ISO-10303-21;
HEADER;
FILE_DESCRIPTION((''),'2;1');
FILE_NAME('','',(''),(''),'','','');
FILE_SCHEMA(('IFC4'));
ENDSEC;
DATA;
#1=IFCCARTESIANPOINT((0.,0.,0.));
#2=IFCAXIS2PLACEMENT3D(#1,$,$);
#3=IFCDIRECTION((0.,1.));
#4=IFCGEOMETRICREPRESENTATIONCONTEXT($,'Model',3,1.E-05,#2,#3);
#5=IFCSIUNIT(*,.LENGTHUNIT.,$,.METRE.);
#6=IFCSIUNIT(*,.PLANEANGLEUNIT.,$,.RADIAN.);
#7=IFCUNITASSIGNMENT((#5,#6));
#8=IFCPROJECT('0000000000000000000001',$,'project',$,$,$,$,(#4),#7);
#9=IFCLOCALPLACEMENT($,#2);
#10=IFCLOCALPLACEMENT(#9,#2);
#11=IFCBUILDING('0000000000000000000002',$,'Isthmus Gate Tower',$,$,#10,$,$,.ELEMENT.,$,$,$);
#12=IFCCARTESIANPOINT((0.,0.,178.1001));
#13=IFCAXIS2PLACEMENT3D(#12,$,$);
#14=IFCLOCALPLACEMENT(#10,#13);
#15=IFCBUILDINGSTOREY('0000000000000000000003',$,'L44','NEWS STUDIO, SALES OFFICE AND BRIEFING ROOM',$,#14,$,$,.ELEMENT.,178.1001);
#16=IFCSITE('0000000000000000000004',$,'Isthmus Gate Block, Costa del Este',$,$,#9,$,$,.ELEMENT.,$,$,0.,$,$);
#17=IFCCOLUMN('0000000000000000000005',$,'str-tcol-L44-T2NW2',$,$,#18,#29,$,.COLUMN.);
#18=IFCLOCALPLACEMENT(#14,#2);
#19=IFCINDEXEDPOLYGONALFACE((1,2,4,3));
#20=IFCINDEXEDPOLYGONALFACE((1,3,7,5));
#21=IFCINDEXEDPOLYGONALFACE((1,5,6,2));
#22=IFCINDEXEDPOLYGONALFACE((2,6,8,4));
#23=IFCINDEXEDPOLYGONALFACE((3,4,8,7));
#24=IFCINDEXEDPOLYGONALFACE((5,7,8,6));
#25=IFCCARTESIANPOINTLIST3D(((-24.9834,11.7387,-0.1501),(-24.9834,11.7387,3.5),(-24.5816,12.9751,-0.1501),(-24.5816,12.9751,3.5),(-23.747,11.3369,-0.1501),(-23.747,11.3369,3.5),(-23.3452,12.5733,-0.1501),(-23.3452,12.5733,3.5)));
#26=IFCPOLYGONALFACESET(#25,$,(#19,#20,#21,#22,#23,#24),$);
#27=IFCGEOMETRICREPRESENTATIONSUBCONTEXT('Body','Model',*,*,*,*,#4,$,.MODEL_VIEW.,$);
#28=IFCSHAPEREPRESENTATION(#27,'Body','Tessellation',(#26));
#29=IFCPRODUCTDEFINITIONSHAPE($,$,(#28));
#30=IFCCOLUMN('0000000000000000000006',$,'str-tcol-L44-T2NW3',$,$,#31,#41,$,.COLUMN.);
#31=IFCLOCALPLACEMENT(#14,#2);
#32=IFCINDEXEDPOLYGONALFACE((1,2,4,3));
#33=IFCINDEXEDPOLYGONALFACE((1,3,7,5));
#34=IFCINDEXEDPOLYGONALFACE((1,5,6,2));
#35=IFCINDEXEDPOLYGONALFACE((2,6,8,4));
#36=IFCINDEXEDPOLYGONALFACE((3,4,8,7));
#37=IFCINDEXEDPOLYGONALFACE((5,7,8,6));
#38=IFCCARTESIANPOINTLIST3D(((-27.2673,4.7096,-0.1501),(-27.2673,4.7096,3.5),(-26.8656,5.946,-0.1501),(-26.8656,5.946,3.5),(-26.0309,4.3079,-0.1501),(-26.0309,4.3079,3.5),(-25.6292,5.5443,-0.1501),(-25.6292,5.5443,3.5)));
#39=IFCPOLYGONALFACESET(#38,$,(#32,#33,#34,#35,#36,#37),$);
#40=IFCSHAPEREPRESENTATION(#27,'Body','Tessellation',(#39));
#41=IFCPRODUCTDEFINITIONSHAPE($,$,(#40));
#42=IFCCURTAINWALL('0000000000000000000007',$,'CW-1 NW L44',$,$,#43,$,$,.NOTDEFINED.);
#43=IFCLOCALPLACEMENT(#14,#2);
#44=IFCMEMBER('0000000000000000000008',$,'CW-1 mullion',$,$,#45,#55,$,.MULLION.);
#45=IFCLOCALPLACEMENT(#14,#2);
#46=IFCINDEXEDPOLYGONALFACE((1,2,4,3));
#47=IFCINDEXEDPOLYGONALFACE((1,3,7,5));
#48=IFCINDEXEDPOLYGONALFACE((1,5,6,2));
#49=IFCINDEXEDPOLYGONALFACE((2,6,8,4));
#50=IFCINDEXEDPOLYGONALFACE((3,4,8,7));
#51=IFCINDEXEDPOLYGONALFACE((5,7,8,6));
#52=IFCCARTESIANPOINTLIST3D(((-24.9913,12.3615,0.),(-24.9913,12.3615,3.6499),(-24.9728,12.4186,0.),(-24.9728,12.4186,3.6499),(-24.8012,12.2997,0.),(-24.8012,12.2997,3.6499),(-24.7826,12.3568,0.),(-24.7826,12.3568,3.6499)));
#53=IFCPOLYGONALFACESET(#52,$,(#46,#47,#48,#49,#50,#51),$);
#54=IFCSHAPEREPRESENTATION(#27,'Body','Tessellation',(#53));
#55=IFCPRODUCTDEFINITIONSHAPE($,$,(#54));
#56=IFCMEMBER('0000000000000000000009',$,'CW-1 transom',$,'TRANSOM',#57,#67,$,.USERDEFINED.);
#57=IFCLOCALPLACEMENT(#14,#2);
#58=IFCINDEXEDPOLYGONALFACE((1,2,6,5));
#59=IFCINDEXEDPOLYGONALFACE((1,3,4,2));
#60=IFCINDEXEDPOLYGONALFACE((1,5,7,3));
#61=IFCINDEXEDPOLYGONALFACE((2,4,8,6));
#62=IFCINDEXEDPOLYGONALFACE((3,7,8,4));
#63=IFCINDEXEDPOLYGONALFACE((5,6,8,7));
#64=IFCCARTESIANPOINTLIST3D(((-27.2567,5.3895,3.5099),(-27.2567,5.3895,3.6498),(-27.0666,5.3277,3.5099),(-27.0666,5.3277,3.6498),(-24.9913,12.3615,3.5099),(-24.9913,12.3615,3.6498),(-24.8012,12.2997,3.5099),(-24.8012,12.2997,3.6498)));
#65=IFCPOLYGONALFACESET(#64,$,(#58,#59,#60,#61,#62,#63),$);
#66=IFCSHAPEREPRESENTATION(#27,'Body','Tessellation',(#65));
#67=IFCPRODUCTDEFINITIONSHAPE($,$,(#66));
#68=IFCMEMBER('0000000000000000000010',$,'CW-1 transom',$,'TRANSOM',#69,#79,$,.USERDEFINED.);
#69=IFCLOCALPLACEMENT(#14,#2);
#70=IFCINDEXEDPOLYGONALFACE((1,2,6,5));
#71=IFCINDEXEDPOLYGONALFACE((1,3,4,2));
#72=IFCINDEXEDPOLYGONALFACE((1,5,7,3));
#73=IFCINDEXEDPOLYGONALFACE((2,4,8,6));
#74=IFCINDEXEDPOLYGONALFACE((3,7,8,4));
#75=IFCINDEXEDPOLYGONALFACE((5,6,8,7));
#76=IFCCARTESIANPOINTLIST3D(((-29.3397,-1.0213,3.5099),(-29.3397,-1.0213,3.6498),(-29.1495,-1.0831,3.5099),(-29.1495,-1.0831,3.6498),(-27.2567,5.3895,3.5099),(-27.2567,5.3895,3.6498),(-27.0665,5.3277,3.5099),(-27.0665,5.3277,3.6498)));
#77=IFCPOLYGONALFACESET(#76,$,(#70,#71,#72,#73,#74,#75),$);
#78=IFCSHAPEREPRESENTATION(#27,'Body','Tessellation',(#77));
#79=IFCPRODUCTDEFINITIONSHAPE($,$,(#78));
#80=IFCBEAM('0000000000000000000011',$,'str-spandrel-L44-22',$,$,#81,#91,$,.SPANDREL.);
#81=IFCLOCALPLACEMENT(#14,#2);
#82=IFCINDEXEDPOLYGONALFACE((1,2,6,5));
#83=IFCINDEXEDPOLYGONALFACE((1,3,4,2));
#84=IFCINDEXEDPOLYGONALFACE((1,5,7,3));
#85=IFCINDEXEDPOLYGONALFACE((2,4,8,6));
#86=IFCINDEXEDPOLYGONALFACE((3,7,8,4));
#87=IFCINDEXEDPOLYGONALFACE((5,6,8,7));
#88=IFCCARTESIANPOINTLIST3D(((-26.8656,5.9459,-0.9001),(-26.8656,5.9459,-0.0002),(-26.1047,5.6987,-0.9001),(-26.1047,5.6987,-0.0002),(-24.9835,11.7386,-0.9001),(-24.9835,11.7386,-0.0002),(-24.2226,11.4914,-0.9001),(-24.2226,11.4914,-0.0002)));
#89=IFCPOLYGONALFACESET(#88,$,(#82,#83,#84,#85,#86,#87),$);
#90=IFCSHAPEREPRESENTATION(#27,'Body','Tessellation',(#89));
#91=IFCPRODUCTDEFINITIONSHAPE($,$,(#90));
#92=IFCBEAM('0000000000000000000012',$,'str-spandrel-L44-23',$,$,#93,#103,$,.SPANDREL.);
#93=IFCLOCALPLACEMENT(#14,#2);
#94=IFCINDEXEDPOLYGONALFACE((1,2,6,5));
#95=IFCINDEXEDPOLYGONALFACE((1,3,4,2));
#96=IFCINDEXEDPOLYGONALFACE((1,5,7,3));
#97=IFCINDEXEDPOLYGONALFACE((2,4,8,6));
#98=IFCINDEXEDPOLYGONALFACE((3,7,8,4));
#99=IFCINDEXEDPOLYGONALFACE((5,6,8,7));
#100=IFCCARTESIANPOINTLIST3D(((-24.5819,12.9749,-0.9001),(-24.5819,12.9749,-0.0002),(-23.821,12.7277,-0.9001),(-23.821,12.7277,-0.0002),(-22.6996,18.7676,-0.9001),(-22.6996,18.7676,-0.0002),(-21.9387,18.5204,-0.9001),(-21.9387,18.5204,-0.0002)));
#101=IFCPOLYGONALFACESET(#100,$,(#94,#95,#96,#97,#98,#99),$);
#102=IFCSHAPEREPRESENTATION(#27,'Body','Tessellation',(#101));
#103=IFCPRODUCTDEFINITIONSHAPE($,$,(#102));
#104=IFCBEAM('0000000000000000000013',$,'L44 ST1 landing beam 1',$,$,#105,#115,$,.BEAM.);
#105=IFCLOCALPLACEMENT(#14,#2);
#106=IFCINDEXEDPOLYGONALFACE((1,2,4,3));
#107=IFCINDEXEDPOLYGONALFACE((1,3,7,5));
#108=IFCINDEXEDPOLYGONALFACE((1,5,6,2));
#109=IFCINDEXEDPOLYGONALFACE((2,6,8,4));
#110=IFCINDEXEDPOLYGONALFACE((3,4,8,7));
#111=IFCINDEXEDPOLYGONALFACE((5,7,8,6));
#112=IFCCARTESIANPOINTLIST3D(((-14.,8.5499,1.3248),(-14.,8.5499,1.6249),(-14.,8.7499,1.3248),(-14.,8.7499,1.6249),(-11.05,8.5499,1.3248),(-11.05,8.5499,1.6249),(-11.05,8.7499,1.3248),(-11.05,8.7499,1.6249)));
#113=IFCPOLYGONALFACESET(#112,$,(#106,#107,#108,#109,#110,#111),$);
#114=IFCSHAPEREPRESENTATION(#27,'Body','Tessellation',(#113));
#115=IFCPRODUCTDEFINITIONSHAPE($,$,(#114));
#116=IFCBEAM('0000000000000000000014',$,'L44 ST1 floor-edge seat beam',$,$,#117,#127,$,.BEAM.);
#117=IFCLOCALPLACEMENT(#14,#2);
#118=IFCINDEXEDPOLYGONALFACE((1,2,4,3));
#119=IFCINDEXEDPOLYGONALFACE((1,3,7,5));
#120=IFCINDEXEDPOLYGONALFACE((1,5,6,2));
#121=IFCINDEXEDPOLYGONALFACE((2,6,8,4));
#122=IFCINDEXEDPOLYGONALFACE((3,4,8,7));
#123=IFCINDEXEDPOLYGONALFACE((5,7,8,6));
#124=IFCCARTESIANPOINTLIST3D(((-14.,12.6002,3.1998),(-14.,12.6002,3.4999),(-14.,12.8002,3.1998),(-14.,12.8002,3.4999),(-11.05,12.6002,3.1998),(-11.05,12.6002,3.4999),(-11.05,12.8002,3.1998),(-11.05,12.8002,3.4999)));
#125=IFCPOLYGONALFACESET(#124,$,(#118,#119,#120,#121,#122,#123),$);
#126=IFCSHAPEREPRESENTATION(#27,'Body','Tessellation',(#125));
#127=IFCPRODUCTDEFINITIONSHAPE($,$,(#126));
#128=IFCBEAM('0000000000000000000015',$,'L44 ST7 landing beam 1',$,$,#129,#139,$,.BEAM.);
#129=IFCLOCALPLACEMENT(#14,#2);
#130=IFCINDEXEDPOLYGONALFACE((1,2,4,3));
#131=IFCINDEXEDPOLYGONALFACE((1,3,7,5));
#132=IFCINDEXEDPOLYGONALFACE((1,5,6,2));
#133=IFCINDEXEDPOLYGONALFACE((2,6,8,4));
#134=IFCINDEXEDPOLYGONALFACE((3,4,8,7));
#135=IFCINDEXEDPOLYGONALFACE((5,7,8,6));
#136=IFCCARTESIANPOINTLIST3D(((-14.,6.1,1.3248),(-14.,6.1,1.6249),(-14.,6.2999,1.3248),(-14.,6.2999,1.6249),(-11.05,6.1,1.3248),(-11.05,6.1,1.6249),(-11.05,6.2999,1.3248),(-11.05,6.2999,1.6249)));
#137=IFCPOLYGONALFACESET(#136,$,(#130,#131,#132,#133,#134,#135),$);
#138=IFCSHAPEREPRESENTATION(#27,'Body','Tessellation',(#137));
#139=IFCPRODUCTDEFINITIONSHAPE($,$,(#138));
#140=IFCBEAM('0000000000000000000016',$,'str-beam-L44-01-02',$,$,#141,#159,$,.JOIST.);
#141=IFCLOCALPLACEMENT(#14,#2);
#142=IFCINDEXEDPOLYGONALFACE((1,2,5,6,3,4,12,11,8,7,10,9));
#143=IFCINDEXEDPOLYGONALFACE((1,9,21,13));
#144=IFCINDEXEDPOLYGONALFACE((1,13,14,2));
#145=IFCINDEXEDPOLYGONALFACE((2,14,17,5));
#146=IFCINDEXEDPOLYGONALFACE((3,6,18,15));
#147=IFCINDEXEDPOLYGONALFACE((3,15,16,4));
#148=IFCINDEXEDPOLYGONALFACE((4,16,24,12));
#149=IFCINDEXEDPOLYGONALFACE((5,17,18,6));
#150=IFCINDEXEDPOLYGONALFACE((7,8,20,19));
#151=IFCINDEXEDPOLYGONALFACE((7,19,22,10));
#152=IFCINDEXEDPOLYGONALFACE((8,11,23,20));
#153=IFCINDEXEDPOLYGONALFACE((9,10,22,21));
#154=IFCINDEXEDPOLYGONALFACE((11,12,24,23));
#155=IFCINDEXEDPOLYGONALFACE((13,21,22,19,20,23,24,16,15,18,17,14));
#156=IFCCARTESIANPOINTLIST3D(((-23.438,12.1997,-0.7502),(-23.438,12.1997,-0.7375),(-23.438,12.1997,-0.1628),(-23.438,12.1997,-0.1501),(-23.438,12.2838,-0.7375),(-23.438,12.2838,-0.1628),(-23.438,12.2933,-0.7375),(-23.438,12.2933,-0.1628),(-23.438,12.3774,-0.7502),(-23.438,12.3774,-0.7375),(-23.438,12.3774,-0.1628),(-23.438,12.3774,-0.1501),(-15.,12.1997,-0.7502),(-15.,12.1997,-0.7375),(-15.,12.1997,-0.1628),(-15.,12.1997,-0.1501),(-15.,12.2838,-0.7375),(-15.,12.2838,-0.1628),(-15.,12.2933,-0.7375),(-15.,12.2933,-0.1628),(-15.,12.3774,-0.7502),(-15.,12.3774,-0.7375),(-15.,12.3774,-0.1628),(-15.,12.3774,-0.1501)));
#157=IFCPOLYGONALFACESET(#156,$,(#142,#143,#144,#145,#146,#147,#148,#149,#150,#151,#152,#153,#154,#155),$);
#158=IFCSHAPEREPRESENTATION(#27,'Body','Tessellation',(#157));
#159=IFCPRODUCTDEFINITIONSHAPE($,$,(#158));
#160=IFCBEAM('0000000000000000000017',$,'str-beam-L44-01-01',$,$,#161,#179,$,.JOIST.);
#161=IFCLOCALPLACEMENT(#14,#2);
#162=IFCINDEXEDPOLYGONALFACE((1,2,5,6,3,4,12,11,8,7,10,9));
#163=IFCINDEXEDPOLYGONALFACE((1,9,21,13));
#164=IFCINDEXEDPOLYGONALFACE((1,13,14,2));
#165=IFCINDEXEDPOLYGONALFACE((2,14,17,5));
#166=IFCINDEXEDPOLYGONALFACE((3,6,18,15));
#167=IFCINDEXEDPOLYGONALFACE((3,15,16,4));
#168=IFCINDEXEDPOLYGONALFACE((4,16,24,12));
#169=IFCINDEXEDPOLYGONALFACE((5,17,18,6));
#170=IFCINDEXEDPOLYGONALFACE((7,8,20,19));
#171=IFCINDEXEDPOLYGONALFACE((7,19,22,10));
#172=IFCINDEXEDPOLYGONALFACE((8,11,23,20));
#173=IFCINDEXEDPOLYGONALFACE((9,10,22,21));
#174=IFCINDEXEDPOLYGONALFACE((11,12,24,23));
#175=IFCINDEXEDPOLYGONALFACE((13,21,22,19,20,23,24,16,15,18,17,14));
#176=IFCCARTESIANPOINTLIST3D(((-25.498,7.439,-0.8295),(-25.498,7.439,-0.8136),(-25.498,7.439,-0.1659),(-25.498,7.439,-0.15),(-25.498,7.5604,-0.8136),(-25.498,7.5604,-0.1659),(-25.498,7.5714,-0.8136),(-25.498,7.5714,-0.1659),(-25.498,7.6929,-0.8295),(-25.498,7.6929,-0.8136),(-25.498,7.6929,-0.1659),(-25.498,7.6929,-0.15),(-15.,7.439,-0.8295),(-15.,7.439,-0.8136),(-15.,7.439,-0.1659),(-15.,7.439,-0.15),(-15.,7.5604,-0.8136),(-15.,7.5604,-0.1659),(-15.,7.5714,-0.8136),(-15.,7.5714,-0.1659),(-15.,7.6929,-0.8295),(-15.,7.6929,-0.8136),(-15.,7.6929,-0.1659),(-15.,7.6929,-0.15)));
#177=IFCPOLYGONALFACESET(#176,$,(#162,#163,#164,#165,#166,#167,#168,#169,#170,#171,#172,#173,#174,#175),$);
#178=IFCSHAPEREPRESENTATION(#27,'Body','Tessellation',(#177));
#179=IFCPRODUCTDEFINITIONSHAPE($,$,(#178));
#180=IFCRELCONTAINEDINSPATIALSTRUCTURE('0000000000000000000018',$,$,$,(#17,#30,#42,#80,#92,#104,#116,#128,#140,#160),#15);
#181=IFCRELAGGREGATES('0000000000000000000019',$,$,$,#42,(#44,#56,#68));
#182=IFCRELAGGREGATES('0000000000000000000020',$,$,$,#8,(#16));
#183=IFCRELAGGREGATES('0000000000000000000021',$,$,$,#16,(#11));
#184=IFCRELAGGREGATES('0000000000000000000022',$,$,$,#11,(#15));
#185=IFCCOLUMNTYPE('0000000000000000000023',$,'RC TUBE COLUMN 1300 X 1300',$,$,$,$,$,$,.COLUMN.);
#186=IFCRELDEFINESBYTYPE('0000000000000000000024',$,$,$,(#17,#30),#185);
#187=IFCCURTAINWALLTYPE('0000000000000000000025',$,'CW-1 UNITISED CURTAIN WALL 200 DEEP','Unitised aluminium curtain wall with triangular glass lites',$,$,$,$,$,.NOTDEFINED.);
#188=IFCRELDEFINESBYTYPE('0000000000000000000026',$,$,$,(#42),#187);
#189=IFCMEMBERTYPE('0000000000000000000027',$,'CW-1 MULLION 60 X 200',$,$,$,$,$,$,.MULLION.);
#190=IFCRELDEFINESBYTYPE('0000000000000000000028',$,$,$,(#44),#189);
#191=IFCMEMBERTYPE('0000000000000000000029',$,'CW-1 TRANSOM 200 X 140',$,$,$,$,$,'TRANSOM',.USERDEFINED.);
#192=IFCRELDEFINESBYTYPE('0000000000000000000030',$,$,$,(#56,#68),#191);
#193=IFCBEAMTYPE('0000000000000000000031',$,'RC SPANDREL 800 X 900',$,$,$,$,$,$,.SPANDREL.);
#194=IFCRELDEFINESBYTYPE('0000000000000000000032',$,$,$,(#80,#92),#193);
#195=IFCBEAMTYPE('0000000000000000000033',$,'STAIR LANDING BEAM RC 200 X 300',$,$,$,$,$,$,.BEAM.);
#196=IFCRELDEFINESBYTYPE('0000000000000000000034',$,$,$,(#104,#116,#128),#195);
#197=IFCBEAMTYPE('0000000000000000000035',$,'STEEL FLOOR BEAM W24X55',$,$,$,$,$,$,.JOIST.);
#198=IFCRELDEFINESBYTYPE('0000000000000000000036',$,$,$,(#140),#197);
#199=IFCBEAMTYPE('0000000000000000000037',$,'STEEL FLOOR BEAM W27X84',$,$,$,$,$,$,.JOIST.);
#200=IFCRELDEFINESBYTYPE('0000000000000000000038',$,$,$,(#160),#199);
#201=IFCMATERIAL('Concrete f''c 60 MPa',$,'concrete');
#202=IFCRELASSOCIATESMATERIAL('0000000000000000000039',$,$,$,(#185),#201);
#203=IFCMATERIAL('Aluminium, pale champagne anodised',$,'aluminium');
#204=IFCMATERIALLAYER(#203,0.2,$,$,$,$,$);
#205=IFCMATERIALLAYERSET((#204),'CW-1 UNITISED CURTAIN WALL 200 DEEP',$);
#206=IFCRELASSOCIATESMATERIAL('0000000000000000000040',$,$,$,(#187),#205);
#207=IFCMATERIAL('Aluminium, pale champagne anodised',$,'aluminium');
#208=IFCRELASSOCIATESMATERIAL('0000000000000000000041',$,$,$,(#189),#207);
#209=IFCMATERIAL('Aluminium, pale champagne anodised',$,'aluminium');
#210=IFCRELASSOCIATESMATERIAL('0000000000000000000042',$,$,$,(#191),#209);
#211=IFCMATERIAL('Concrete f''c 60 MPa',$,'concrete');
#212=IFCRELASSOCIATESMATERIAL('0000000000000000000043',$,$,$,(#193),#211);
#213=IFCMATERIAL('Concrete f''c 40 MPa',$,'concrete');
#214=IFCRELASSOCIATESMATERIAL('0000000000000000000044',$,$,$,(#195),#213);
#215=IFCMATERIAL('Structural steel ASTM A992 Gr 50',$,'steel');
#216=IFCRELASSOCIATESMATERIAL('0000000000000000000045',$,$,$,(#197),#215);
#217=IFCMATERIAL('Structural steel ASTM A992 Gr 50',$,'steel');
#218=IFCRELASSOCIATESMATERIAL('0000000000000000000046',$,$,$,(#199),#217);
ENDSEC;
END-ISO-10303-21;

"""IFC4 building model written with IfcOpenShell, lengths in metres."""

from ifc_helpers import new_model, si_unit, direction, frame, origin, origin_2d, place, context, subcontext, project, spatial, rectangle, i_section, extrude, material, layer, layer_set, material_profile, profile_set, type_object, element, aggregate, save


model = new_model("IFC4")

# Units and contexts
model_context = context("Model", 3, precision=1e-05, world=origin(), true_north=direction((0.0, 1.0)))
body_context = subcontext(model_context, "Body", "Model", "MODEL_VIEW")
ifc_project = project(units=[si_unit("LENGTHUNIT", "METRE"), si_unit("PLANEANGLEUNIT", "RADIAN")], contexts=[model_context])

# Site, building, storey
site_placement = place(None, origin())
site = spatial("IfcSite", under=ifc_project, at=site_placement, Name="Isthmus Gate Block, Costa del Este", CompositionType="ELEMENT", RefElevation=0.0)
building_placement = place(site_placement, origin())
building = spatial("IfcBuilding", under=site, at=building_placement, Name="Isthmus Gate Tower", CompositionType="ELEMENT")
storey_placement = place(building_placement, frame((0.0, 0.0, 178.1001)))
storey = spatial("IfcBuildingStorey", under=building, at=storey_placement, Name="L44", Description="NEWS STUDIO, SALES OFFICE AND BRIEFING ROOM", CompositionType="ELEMENT", Elevation=178.1001)

# Columns
ifc_material_1 = material(Name="Concrete f'c 60 MPa", Category="concrete")
ifc_material_profile_1 = material_profile(ifc_material_1, rectangle(XDim=1.3, YDim=1.3, at=origin_2d()), Name="RC 1300X1300")
ifc_profile_set_1 = profile_set([ifc_material_profile_1], Name="Concrete f'c 60 MPa")
column_type = type_object("IfcColumnType", Name="RC TUBE COLUMN 1300 X 1300", PredefinedType="COLUMN", material=ifc_profile_set_1)
for number, where, z_axis, x_axis, name in (
    (1, (-24.1643, 12.156, -0.1501), (0.0, 0.0, 1.0), (-0.309017, -0.951057, 0.0), "str-tcol-L44-T2NW2"),
    (2, (-26.4482, 5.127, -0.1501), (0.0, 0.0, 1.0), (-0.309017, -0.951057, 0.0), "str-tcol-L44-T2NW3"),
):
    element("IfcColumn", number, at=place(storey_placement, frame(where, z_axis=z_axis, x_axis=x_axis)), inside=storey, type_object=column_type, Name=name, PredefinedType="COLUMN", context=body_context, shape_type="SweptSolid", body=[
        extrude(rectangle(XDim=1.3, YDim=1.3, at=origin_2d()), origin(), (0.0, 0.0, 1.0), 3.6501),
    ])

# Curtain wall, members
ifc_material_2 = material(Name="Aluminium, pale champagne anodised", Category="aluminium")
ifc_layer_1 = layer(ifc_material_2, 0.2)
ifc_layer_set_1 = layer_set([ifc_layer_1], Name="CW-1 UNITISED CURTAIN WALL 200 DEEP")
curtain_wall_type = type_object("IfcCurtainWallType", Name="CW-1 UNITISED CURTAIN WALL 200 DEEP", Description="Unitised aluminium curtain wall with triangular glass lites", PredefinedType="NOTDEFINED", material=ifc_layer_set_1)
curtain_wall_placement = place(storey_placement, origin())
curtain_wall = element("IfcCurtainWall", 3, at=curtain_wall_placement, inside=storey, type_object=curtain_wall_type, Name="CW-1 NW L44", PredefinedType="NOTDEFINED")
ifc_material_3 = material(Name="Aluminium, pale champagne anodised", Category="aluminium")
ifc_material_profile_2 = material_profile(ifc_material_3, rectangle(XDim=0.0601, YDim=0.2, at=origin_2d()), Name="60x200")
ifc_profile_set_2 = profile_set([ifc_material_profile_2], Name="Aluminium, pale champagne anodised")
member_type_1 = type_object("IfcMemberType", Name="CW-1 MULLION 60 X 200", PredefinedType="MULLION", material=ifc_profile_set_2)
member_1_placement = place(storey_placement, frame((-24.887, 12.3591, 0.0), z_axis=(0.0, 0.0, 1.0), x_axis=(-0.309017, -0.951057, 0.0)))
member_1 = element("IfcMember", 4, at=member_1_placement, type_object=member_type_1, Name="CW-1 mullion", PredefinedType="MULLION", context=body_context, shape_type="SweptSolid", body=[
    extrude(rectangle(XDim=0.0601, YDim=0.2, at=origin_2d()), origin(), (0.0, 0.0, 1.0), 3.6499),
])
ifc_material_4 = material(Name="Aluminium, pale champagne anodised", Category="aluminium")
ifc_material_profile_3 = material_profile(ifc_material_4, rectangle(XDim=0.2, YDim=0.1399, at=origin_2d()), Name="200x140")
ifc_profile_set_3 = profile_set([ifc_material_profile_3], Name="Aluminium, pale champagne anodised")
member_type_2 = type_object("IfcMemberType", Name="CW-1 TRANSOM 200 X 140", ElementType="TRANSOM", PredefinedType="USERDEFINED", material=ifc_profile_set_3)
member_2_placement = place(storey_placement, frame((-24.8962, 12.3306, 3.5798), z_axis=(-0.309025, -0.951054, 0.0), x_axis=(0.951054, -0.309025, 0.0)))
member_2 = element("IfcMember", 5, at=member_2_placement, type_object=member_type_2, Name="CW-1 transom", ObjectType="TRANSOM", PredefinedType="USERDEFINED", context=body_context, shape_type="SweptSolid", body=[
    extrude(rectangle(XDim=0.2, YDim=0.1399, at=origin_2d()), origin(), (0.0, 0.0, 1.0), 7.3308),
])
member_3_placement = place(storey_placement, frame((-27.1616, 5.3586, 3.5798), z_axis=(-0.309015, -0.951057, 0.0), x_axis=(0.951057, -0.309015, 0.0)))
member_3 = element("IfcMember", 6, at=member_3_placement, type_object=member_type_2, Name="CW-1 transom", ObjectType="TRANSOM", PredefinedType="USERDEFINED", context=body_context, shape_type="SweptSolid", body=[
    extrude(rectangle(XDim=0.2, YDim=0.1399, at=origin_2d()), origin(), (0.0, 0.0, 1.0), 6.7407),
])

# Beams
ifc_material_5 = material(Name="Concrete f'c 60 MPa", Category="concrete")
ifc_material_profile_4 = material_profile(ifc_material_5, rectangle(XDim=0.8, YDim=0.8999, at=origin_2d()), Name="RC 800X900")
ifc_profile_set_4 = profile_set([ifc_material_profile_4], Name="Concrete f'c 60 MPa")
beam_type_1 = type_object("IfcBeamType", Name="RC SPANDREL 800 X 900", PredefinedType="SPANDREL", material=ifc_profile_set_4)
for number, where, z_axis, x_axis, name in (
    (7, (-26.4851, 5.8223, -0.4502), (0.309004, 0.951061, 0.0), (-0.951061, 0.309004, 0.0), "str-spandrel-L44-22"),
    (8, (-24.2014, 12.8513, -0.4502), (0.30904, 0.951049, 0.0), (-0.951049, 0.30904, 0.0), "str-spandrel-L44-23"),
):
    element("IfcBeam", number, at=place(storey_placement, frame(where, z_axis=z_axis, x_axis=x_axis)), inside=storey, type_object=beam_type_1, Name=name, PredefinedType="SPANDREL", context=body_context, shape_type="SweptSolid", body=[
        extrude(rectangle(XDim=0.8, YDim=0.8999, at=origin_2d()), origin(), (0.0, 0.0, 1.0), 6.0908),
    ])
ifc_material_6 = material(Name="Concrete f'c 40 MPa", Category="concrete")
ifc_material_profile_5 = material_profile(ifc_material_6, rectangle(XDim=0.2, YDim=0.3, at=origin_2d()), Name="STAIR LANDING BEAM RC 200 X 300")
ifc_profile_set_5 = profile_set([ifc_material_profile_5], Name="Concrete f'c 40 MPa")
beam_type_2 = type_object("IfcBeamType", Name="STAIR LANDING BEAM RC 200 X 300", PredefinedType="BEAM", material=ifc_profile_set_5)
for number, where, z_axis, x_axis, name in (
    (9, (-14.0, 8.6499, 1.4749), (1.0, 0.0, 0.0), (0.0, 1.0, 0.0), "L44 ST1 landing beam 1"),
    (10, (-14.0, 12.7002, 3.3499), (1.0, 0.0, 0.0), (0.0, 1.0, 0.0), "L44 ST1 floor-edge seat beam"),
    (11, (-14.0, 6.2, 1.4749), (1.0, 0.0, 0.0), (0.0, 1.0, 0.0), "L44 ST7 landing beam 1"),
):
    element("IfcBeam", number, at=place(storey_placement, frame(where, z_axis=z_axis, x_axis=x_axis)), inside=storey, type_object=beam_type_2, Name=name, PredefinedType="BEAM", context=body_context, shape_type="SweptSolid", body=[
        extrude(rectangle(XDim=0.2, YDim=0.3, at=origin_2d()), origin(), (0.0, 0.0, 1.0), 2.95),
    ])
ifc_material_7 = material(Name="Structural steel ASTM A992 Gr 50", Category="steel")
ifc_material_profile_6 = material_profile(ifc_material_7, i_section(OverallWidth=0.1777, OverallDepth=0.6001, WebThickness=0.0095, FlangeThickness=0.0127, at=origin_2d()), Name="W24X55")
ifc_profile_set_6 = profile_set([ifc_material_profile_6], Name="Structural steel ASTM A992 Gr 50")
beam_type_3 = type_object("IfcBeamType", Name="STEEL FLOOR BEAM W24X55", PredefinedType="JOIST", material=ifc_profile_set_6)
beam_1_placement = place(storey_placement, frame((-23.438, 12.2886, -0.4502), z_axis=(1.0, 0.0, 0.0), x_axis=(0.0, 1.0, 0.0)))
element("IfcBeam", 12, at=beam_1_placement, inside=storey, type_object=beam_type_3, Name="str-beam-L44-01-02", PredefinedType="JOIST", context=body_context, shape_type="SweptSolid", body=[
    extrude(i_section(OverallWidth=0.1777, OverallDepth=0.6001, WebThickness=0.0095, FlangeThickness=0.0127, at=origin_2d()), origin(), (0.0, 0.0, 1.0), 8.438),
])
ifc_material_8 = material(Name="Structural steel ASTM A992 Gr 50", Category="steel")
ifc_material_profile_7 = material_profile(ifc_material_8, i_section(OverallWidth=0.2539, OverallDepth=0.6794, WebThickness=0.011, FlangeThickness=0.0159, at=origin_2d()), Name="W27X84")
ifc_profile_set_7 = profile_set([ifc_material_profile_7], Name="Structural steel ASTM A992 Gr 50")
beam_type_4 = type_object("IfcBeamType", Name="STEEL FLOOR BEAM W27X84", PredefinedType="JOIST", material=ifc_profile_set_7)
beam_2_placement = place(storey_placement, frame((-25.498, 7.5659, -0.4897), z_axis=(1.0, 0.0, 0.0), x_axis=(0.0, 1.0, 0.0)))
element("IfcBeam", 13, at=beam_2_placement, inside=storey, type_object=beam_type_4, Name="str-beam-L44-01-01", PredefinedType="JOIST", context=body_context, shape_type="SweptSolid", body=[
    extrude(i_section(OverallWidth=0.2539, OverallDepth=0.6794, WebThickness=0.011, FlangeThickness=0.0159, at=origin_2d()), origin(), (0.0, 0.0, 1.0), 10.498),
])

aggregate(curtain_wall, [member_1, member_2, member_3])

save(model, "model.ifc")
